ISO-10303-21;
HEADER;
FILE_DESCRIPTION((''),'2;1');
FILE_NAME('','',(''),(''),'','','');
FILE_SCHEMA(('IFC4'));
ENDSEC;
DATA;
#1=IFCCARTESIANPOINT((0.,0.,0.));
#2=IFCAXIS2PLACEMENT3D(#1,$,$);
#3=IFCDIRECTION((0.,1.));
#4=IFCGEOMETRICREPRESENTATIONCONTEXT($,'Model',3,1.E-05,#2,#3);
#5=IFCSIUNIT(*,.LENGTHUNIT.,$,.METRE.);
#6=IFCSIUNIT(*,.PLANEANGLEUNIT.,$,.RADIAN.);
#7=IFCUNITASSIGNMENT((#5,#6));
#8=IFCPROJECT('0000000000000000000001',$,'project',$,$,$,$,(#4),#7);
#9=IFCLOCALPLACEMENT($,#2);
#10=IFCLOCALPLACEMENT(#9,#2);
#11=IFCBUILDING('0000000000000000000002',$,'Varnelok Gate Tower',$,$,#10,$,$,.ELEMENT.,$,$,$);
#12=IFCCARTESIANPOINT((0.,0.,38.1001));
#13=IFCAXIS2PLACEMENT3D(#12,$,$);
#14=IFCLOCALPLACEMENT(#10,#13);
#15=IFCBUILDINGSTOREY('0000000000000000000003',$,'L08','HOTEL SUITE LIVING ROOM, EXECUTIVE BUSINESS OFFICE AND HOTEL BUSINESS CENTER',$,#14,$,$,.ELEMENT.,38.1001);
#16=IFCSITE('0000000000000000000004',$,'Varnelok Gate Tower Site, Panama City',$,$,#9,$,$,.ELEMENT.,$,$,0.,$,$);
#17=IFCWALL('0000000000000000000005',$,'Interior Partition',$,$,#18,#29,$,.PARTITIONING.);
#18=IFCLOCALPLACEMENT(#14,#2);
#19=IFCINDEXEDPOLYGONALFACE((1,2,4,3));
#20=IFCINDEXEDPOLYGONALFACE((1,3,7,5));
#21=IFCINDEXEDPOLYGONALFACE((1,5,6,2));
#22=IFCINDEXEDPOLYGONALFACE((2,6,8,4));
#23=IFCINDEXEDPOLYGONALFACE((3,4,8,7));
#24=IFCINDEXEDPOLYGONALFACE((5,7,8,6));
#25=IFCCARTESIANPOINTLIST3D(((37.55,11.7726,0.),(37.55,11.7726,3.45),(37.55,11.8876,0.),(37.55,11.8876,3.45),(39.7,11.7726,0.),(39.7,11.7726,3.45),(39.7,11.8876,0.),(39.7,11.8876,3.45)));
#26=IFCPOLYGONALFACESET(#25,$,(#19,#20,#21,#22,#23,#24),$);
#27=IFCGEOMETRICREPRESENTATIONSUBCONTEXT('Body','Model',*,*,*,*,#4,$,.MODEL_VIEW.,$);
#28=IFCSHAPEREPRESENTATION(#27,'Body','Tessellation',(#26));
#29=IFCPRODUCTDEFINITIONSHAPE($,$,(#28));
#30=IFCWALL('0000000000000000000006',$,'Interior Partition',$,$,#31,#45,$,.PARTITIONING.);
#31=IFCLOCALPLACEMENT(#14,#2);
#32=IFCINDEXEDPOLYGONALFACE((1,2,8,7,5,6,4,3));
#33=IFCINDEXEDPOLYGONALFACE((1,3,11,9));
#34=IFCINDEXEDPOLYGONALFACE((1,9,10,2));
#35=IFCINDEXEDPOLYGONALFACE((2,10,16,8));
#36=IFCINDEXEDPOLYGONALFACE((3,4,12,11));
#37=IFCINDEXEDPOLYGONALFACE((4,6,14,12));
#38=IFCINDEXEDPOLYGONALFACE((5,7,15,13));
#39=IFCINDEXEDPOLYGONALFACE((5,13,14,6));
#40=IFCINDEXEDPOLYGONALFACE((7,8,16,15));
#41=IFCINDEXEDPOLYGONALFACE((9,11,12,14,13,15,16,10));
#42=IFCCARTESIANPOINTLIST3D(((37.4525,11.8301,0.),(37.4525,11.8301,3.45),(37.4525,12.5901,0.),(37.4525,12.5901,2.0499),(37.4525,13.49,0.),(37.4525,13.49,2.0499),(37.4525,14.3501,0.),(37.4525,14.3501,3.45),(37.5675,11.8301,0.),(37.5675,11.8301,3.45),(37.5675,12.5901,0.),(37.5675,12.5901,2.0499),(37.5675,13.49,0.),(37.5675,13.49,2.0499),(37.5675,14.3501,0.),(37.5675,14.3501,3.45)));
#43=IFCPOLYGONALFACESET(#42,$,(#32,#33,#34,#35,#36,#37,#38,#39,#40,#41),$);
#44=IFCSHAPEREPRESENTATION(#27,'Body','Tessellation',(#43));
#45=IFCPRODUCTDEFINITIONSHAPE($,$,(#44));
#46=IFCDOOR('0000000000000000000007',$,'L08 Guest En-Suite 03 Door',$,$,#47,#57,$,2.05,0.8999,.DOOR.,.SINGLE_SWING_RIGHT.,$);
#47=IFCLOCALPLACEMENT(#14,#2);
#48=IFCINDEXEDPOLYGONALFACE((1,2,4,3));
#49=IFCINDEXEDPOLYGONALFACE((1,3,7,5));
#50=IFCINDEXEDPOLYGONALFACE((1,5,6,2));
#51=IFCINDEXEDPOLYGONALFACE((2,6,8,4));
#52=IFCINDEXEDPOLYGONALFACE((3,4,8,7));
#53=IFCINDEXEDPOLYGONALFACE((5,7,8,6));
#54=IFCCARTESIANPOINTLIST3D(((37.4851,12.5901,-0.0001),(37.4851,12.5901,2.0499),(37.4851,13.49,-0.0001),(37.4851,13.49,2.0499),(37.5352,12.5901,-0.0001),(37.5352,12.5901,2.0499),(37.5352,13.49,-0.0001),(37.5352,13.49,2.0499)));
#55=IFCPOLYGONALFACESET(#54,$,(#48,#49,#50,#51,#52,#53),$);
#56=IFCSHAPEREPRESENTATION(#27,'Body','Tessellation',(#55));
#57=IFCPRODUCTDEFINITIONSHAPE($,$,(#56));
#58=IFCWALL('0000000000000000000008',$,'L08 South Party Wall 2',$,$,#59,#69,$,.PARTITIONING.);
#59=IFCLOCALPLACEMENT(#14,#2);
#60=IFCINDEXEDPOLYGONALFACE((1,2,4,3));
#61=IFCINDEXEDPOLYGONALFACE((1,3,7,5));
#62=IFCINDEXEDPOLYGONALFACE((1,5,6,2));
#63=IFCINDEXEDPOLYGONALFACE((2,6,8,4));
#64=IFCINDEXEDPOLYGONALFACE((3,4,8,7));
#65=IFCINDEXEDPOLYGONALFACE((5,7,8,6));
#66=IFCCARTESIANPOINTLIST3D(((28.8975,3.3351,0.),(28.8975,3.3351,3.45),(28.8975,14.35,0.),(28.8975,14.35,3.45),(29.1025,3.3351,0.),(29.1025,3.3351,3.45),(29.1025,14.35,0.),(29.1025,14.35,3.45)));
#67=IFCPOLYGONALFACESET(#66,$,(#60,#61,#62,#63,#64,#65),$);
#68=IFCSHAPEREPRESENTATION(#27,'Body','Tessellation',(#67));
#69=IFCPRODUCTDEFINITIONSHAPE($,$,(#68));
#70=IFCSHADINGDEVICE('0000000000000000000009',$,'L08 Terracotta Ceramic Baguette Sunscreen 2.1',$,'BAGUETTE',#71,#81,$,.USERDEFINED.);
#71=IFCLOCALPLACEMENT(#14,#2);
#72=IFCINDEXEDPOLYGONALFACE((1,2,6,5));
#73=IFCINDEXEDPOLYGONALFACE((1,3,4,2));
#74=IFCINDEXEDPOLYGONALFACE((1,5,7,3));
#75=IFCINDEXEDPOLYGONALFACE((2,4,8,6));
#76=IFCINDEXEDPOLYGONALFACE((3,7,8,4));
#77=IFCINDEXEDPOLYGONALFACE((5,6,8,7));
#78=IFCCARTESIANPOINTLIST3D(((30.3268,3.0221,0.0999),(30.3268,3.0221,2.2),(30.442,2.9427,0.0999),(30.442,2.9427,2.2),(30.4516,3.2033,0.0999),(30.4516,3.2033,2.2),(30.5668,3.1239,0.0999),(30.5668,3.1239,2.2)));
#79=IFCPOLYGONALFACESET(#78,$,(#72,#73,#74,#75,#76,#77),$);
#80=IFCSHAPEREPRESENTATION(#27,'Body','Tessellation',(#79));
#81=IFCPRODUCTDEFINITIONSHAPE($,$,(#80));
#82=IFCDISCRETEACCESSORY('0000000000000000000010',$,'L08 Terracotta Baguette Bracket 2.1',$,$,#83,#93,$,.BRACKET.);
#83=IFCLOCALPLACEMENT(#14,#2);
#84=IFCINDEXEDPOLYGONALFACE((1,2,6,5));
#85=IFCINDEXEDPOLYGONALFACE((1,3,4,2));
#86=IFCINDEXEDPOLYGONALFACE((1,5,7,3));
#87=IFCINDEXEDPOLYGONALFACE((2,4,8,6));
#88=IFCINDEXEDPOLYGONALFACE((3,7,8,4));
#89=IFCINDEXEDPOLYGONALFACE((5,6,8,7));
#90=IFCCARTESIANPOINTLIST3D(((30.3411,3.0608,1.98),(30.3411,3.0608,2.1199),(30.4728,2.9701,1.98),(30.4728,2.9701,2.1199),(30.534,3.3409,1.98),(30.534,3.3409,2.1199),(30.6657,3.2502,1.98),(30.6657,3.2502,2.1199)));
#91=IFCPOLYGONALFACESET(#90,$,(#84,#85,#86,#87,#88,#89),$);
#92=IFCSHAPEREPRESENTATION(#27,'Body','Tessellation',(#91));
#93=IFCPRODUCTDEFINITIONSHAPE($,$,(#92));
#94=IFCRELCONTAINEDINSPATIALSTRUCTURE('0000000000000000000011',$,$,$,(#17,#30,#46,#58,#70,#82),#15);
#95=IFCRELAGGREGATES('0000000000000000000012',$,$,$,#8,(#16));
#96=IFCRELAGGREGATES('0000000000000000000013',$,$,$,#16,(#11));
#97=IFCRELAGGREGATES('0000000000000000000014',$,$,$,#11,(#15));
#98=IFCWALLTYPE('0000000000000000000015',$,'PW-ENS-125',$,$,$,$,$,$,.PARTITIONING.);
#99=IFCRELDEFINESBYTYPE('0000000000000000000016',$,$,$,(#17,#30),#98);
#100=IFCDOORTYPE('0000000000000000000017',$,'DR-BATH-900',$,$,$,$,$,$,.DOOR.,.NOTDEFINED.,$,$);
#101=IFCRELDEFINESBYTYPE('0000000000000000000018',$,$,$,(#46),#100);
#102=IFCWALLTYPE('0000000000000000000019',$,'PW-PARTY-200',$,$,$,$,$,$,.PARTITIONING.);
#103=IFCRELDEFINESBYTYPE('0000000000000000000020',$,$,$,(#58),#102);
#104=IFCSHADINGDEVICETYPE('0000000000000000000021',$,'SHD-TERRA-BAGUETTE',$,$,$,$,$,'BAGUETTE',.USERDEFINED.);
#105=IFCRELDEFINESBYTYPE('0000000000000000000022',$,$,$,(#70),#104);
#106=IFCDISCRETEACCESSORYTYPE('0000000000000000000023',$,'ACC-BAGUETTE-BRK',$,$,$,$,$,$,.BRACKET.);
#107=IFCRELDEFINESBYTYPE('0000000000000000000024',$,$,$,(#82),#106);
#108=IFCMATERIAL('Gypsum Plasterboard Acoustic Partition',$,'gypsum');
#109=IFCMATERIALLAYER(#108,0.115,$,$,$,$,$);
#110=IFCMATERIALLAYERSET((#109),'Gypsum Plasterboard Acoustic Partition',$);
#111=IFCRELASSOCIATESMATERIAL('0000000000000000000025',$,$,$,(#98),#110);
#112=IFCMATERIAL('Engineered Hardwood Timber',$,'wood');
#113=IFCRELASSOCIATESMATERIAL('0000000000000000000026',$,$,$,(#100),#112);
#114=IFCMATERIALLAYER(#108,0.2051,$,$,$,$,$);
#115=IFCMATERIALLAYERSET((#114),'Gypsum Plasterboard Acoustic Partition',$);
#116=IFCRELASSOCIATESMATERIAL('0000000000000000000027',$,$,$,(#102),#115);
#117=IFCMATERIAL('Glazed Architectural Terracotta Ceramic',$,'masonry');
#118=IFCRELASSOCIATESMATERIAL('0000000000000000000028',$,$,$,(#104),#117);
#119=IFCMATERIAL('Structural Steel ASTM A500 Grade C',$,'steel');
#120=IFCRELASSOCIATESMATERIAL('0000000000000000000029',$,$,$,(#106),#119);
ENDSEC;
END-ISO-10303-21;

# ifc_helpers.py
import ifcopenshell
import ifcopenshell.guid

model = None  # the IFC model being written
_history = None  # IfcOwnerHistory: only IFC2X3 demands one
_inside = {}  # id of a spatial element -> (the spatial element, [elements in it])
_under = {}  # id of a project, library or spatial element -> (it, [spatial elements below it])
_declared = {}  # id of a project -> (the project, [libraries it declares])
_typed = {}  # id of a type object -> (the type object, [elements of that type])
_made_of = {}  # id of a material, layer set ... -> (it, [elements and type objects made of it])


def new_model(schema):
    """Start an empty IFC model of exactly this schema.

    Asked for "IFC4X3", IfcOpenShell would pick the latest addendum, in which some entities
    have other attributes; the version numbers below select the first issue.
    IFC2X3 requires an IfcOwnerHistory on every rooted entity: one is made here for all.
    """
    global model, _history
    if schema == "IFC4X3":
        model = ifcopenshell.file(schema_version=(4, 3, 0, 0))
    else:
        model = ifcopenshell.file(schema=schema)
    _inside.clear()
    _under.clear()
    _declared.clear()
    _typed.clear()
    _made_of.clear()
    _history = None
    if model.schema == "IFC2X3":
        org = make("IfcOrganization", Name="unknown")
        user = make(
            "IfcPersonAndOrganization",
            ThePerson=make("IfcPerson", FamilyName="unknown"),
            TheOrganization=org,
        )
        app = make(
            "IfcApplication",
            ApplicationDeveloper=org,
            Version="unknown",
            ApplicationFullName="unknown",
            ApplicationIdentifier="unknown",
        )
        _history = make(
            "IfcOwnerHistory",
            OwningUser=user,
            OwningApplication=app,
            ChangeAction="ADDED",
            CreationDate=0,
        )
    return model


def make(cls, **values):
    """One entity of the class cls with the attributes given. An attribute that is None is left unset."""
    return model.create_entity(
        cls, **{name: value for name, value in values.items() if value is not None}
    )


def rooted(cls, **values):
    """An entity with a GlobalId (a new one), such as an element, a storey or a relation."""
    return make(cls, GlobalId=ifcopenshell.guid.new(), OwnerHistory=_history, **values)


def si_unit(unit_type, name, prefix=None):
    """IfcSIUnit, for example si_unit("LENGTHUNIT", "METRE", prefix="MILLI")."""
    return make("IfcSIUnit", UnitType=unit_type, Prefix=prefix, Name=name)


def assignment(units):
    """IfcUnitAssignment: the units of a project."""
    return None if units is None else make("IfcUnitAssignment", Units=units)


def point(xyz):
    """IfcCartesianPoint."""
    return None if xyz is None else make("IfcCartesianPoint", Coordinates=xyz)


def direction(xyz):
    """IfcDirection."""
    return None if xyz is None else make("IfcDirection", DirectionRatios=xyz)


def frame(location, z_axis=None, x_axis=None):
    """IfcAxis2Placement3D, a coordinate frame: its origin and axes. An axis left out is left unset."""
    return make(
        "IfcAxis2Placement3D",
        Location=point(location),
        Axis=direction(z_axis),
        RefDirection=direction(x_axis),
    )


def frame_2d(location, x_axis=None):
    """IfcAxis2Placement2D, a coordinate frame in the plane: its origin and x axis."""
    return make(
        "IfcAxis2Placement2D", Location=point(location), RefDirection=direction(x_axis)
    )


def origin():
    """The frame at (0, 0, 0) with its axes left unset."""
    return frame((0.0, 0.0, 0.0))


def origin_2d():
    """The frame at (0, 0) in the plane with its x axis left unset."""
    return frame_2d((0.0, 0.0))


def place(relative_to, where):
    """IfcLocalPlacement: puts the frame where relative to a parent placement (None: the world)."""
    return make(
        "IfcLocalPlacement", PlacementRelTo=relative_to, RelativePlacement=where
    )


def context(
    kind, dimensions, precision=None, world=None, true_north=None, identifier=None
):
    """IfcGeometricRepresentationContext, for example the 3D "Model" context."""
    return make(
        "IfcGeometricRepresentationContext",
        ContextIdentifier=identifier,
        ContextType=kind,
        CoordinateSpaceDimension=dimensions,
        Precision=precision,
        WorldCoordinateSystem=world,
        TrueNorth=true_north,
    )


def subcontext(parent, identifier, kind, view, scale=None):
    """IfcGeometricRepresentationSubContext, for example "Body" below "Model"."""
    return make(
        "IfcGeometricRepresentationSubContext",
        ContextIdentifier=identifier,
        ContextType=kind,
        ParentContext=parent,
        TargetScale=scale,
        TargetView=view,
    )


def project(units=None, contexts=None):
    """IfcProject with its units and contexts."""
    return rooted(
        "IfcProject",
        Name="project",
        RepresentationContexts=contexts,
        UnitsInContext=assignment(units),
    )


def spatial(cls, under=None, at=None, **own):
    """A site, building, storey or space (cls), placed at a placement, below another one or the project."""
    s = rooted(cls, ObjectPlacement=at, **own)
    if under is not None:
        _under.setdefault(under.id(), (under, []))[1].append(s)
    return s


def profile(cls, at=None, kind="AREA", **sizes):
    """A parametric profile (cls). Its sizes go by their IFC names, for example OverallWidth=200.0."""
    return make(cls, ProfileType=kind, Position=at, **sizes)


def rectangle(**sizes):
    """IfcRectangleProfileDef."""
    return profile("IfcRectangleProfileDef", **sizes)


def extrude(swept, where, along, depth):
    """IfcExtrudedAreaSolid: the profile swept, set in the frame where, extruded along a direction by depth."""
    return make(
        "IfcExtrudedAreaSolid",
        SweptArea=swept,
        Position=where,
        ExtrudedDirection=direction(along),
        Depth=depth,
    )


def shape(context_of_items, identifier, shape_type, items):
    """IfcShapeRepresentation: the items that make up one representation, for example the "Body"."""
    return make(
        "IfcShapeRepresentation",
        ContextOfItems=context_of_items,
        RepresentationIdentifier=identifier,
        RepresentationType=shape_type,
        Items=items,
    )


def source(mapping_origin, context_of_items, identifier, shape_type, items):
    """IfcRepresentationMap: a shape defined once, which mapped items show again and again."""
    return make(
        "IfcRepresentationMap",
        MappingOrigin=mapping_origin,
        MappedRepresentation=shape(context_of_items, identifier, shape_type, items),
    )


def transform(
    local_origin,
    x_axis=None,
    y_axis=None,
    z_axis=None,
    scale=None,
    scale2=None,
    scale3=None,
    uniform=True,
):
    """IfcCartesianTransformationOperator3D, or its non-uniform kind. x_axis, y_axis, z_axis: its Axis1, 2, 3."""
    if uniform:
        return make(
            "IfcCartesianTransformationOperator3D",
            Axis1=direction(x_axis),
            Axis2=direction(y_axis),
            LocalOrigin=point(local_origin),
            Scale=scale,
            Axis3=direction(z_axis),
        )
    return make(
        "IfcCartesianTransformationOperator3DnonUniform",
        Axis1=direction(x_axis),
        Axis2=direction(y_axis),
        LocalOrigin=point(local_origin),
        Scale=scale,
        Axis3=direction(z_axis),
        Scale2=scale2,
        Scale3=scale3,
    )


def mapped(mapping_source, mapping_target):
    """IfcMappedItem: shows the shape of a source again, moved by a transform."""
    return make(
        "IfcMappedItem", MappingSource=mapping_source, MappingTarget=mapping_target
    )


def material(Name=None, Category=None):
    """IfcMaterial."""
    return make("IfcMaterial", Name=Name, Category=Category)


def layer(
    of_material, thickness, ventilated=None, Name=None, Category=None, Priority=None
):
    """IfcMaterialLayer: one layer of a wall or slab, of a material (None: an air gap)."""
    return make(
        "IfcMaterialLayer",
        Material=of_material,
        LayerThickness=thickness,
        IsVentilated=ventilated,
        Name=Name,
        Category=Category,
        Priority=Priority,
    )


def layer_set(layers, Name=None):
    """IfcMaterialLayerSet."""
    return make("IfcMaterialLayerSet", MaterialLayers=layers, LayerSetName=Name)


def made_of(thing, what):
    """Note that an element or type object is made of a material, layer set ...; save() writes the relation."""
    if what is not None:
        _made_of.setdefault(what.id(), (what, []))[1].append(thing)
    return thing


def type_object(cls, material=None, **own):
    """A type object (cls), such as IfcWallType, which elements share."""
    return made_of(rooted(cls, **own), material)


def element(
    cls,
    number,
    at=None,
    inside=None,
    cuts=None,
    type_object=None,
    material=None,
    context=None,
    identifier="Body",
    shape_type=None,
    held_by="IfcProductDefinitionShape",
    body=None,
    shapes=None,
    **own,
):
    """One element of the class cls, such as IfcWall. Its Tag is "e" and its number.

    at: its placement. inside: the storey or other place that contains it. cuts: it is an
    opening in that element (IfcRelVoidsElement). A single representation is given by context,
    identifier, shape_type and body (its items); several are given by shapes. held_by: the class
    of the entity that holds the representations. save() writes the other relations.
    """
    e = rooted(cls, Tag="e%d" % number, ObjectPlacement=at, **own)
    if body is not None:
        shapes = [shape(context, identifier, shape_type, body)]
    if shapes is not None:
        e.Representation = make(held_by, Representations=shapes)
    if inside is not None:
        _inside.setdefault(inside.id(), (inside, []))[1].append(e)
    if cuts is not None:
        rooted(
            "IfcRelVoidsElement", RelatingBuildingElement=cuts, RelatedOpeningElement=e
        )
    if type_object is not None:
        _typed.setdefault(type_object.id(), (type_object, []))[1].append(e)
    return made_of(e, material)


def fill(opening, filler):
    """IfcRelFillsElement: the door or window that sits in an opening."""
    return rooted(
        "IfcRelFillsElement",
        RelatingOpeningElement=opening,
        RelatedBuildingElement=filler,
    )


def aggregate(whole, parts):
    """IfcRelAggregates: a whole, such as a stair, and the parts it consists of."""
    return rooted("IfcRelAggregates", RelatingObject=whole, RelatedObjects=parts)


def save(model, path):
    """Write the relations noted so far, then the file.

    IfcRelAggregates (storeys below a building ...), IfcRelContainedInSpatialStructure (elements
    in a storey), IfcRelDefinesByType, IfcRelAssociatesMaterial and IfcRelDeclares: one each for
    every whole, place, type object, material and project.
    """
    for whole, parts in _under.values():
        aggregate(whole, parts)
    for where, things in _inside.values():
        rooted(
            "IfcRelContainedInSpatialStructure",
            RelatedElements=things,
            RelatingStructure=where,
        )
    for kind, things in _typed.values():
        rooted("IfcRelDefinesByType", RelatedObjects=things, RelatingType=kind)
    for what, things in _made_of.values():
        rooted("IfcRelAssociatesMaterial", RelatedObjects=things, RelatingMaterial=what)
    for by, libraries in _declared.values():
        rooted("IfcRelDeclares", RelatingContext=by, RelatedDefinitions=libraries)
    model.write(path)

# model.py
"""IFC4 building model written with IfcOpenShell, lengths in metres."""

from ifc_helpers import new_model, si_unit, direction, frame, frame_2d, origin, origin_2d, place, context, subcontext, project, spatial, rectangle, extrude, source, transform, mapped, material, layer, layer_set, type_object, element, fill, save


model = new_model("IFC4")

# Units and contexts
model_context = context("Model", 3, precision=1e-05, world=origin(), true_north=direction((0.0, 1.0)))
body_context = subcontext(model_context, "Body", "Model", "MODEL_VIEW")
ifc_project = project(units=[si_unit("LENGTHUNIT", "METRE"), si_unit("PLANEANGLEUNIT", "RADIAN")], contexts=[model_context])

# Site, building, storey
site_placement = place(None, origin())
site = spatial("IfcSite", under=ifc_project, at=site_placement, Name="Varnelok Gate Tower Site, Panama City", CompositionType="ELEMENT", RefElevation=0.0)
building_placement = place(site_placement, origin())
building = spatial("IfcBuilding", under=site, at=building_placement, Name="Varnelok Gate Tower", CompositionType="ELEMENT")
storey_placement = place(building_placement, frame((0.0, 0.0, 38.1001)))
storey = spatial("IfcBuildingStorey", under=building, at=storey_placement, Name="L08", Description="HOTEL SUITE LIVING ROOM, EXECUTIVE BUSINESS OFFICE AND HOTEL BUSINESS CENTER", CompositionType="ELEMENT", Elevation=38.1001)

# Shared definitions
ifc_material_1 = material(Name="Gypsum Plasterboard Acoustic Partition", Category="gypsum")
ifc_layer_1 = layer(ifc_material_1, 0.115)
ifc_layer_set_1 = layer_set([ifc_layer_1], Name="Gypsum Plasterboard Acoustic Partition")
wall_type_1 = type_object("IfcWallType", Name="PW-ENS-125", PredefinedType="PARTITIONING", material=ifc_layer_set_1)

# Shared definitions
ifc_material_2 = material(Name="Engineered Hardwood Timber", Category="wood")
door_type_1 = type_object("IfcDoorType", Name="DR-BATH-900", OperationType="NOTDEFINED", PredefinedType="DOOR", material=ifc_material_2)

# Wall
wall_1_placement = place(storey_placement, frame((37.55, 11.8301, 0.0), z_axis=(0.0, 0.0, 1.0), x_axis=(1.0, 0.0, 0.0)))
element("IfcWall", 1, at=wall_1_placement, inside=storey, type_object=wall_type_1, Name="Interior Partition", PredefinedType="PARTITIONING", context=body_context, shape_type="SweptSolid", body=[
    extrude(rectangle(XDim=2.1499, YDim=0.115, at=frame_2d((1.075, 0.0))), origin(), (0.0, 0.0, 1.0), 3.45),
])

# Wall, opening, door
wall_2_placement = place(storey_placement, frame((37.51, 11.8301, 0.0), z_axis=(0.0, 0.0, 1.0), x_axis=(0.0, 1.0, 0.0)))
wall_2 = element("IfcWall", 2, at=wall_2_placement, inside=storey, type_object=wall_type_1, Name="Interior Partition", PredefinedType="PARTITIONING", context=body_context, shape_type="SweptSolid", body=[
    extrude(rectangle(XDim=2.52, YDim=0.115, at=frame_2d((1.26, 0.0))), origin(), (0.0, 0.0, 1.0), 3.45),
])
opening_1_placement = place(wall_2_placement, frame((0.76, 0.0, 0.0)))
opening_1 = element("IfcOpeningElement", 3, at=opening_1_placement, cuts=wall_2, PredefinedType="OPENING", context=body_context, shape_type="SweptSolid", body=[
    extrude(rectangle(XDim=0.8999, YDim=2.05, at=frame_2d((0.45, 1.0249))), frame((0.0, 0.0674, 0.0), z_axis=(0.0, -1.0, 0.0), x_axis=(1.0, 0.0, 0.0)), (0.0, 0.0, 1.0), 0.135),
])
door_1_placement = place(opening_1_placement, origin())
door_1 = element("IfcDoor", 4, at=door_1_placement, inside=storey, type_object=door_type_1, Name="L08 Guest En-Suite 03 Door", OperationType="SINGLE_SWING_RIGHT", OverallHeight=2.05, OverallWidth=0.8999, PredefinedType="DOOR", context=body_context, shape_type="SweptSolid", body=[
    extrude(rectangle(XDim=0.8999, YDim=2.05, at=frame_2d((0.45, 1.0249))), frame((0.0, 0.0249, 0.0), z_axis=(0.0, -1.0, 0.0), x_axis=(1.0, 0.0, 0.0)), (0.0, 0.0, 1.0), 0.05),
])
fill(opening_1, door_1)

# Wall
ifc_layer_2 = layer(ifc_material_1, 0.2051)
ifc_layer_set_2 = layer_set([ifc_layer_2], Name="Gypsum Plasterboard Acoustic Partition")
wall_type_2 = type_object("IfcWallType", Name="PW-PARTY-200", PredefinedType="PARTITIONING", material=ifc_layer_set_2)
wall_3_placement = place(storey_placement, frame((29.0, 3.3352, 0.0), z_axis=(0.0, 0.0, 1.0), x_axis=(0.0, 1.0, 0.0)))
element("IfcWall", 5, at=wall_3_placement, inside=storey, type_object=wall_type_2, Name="L08 South Party Wall 2", PredefinedType="PARTITIONING", context=body_context, shape_type="SweptSolid", body=[
    extrude(rectangle(XDim=11.0149, YDim=0.2051, at=frame_2d((5.5073, 0.0))), origin(), (0.0, 0.0, 1.0), 3.45),
])

# Shading device
ifc_material_3 = material(Name="Glazed Architectural Terracotta Ceramic", Category="masonry")
shading_device_type = type_object("IfcShadingDeviceType", Name="SHD-TERRA-BAGUETTE", ElementType="BAGUETTE", PredefinedType="USERDEFINED", material=ifc_material_3)
shared_shape_1 = source(origin(), body_context, "Body", "SweptSolid", [
    extrude(rectangle(XDim=0.1399, YDim=0.22, at=origin_2d()), origin(), (0.0, 0.0, 1.0), 2.1001),
])
shading_device_placement = place(storey_placement, frame((30.4468, 3.073, 0.0999), z_axis=(0.0, 0.0, 1.0), x_axis=(0.823533, -0.567269, 0.0)))
element("IfcShadingDevice", 6, at=shading_device_placement, inside=storey, type_object=shading_device_type, Name="L08 Terracotta Ceramic Baguette Sunscreen 2.1", ObjectType="BAGUETTE", PredefinedType="USERDEFINED", context=body_context, shape_type="MappedRepresentation", body=[
    mapped(shared_shape_1, transform((0.0, 0.0, 0.0), scale=1.0)),
])

# Discrete accessory
ifc_material_4 = material(Name="Structural Steel ASTM A500 Grade C", Category="steel")
discrete_accessory_type = type_object("IfcDiscreteAccessoryType", Name="ACC-BAGUETTE-BRK", PredefinedType="BRACKET", material=ifc_material_4)
shared_shape_2 = source(origin(), body_context, "Body", "SweptSolid", [
    extrude(rectangle(XDim=0.1599, YDim=0.3401, at=origin_2d()), origin(), (0.0, 0.0, 1.0), 0.1399),
])
discrete_accessory_placement = place(storey_placement, frame((30.5034, 3.1555, 1.98), z_axis=(0.0, 0.0, 1.0), x_axis=(0.823533, -0.567269, 0.0)))
element("IfcDiscreteAccessory", 7, at=discrete_accessory_placement, inside=storey, type_object=discrete_accessory_type, Name="L08 Terracotta Baguette Bracket 2.1", PredefinedType="BRACKET", context=body_context, shape_type="MappedRepresentation", body=[
    mapped(shared_shape_2, transform((0.0, 0.0, 0.0), scale=1.0)),
])

save(model, "model.ifc")
